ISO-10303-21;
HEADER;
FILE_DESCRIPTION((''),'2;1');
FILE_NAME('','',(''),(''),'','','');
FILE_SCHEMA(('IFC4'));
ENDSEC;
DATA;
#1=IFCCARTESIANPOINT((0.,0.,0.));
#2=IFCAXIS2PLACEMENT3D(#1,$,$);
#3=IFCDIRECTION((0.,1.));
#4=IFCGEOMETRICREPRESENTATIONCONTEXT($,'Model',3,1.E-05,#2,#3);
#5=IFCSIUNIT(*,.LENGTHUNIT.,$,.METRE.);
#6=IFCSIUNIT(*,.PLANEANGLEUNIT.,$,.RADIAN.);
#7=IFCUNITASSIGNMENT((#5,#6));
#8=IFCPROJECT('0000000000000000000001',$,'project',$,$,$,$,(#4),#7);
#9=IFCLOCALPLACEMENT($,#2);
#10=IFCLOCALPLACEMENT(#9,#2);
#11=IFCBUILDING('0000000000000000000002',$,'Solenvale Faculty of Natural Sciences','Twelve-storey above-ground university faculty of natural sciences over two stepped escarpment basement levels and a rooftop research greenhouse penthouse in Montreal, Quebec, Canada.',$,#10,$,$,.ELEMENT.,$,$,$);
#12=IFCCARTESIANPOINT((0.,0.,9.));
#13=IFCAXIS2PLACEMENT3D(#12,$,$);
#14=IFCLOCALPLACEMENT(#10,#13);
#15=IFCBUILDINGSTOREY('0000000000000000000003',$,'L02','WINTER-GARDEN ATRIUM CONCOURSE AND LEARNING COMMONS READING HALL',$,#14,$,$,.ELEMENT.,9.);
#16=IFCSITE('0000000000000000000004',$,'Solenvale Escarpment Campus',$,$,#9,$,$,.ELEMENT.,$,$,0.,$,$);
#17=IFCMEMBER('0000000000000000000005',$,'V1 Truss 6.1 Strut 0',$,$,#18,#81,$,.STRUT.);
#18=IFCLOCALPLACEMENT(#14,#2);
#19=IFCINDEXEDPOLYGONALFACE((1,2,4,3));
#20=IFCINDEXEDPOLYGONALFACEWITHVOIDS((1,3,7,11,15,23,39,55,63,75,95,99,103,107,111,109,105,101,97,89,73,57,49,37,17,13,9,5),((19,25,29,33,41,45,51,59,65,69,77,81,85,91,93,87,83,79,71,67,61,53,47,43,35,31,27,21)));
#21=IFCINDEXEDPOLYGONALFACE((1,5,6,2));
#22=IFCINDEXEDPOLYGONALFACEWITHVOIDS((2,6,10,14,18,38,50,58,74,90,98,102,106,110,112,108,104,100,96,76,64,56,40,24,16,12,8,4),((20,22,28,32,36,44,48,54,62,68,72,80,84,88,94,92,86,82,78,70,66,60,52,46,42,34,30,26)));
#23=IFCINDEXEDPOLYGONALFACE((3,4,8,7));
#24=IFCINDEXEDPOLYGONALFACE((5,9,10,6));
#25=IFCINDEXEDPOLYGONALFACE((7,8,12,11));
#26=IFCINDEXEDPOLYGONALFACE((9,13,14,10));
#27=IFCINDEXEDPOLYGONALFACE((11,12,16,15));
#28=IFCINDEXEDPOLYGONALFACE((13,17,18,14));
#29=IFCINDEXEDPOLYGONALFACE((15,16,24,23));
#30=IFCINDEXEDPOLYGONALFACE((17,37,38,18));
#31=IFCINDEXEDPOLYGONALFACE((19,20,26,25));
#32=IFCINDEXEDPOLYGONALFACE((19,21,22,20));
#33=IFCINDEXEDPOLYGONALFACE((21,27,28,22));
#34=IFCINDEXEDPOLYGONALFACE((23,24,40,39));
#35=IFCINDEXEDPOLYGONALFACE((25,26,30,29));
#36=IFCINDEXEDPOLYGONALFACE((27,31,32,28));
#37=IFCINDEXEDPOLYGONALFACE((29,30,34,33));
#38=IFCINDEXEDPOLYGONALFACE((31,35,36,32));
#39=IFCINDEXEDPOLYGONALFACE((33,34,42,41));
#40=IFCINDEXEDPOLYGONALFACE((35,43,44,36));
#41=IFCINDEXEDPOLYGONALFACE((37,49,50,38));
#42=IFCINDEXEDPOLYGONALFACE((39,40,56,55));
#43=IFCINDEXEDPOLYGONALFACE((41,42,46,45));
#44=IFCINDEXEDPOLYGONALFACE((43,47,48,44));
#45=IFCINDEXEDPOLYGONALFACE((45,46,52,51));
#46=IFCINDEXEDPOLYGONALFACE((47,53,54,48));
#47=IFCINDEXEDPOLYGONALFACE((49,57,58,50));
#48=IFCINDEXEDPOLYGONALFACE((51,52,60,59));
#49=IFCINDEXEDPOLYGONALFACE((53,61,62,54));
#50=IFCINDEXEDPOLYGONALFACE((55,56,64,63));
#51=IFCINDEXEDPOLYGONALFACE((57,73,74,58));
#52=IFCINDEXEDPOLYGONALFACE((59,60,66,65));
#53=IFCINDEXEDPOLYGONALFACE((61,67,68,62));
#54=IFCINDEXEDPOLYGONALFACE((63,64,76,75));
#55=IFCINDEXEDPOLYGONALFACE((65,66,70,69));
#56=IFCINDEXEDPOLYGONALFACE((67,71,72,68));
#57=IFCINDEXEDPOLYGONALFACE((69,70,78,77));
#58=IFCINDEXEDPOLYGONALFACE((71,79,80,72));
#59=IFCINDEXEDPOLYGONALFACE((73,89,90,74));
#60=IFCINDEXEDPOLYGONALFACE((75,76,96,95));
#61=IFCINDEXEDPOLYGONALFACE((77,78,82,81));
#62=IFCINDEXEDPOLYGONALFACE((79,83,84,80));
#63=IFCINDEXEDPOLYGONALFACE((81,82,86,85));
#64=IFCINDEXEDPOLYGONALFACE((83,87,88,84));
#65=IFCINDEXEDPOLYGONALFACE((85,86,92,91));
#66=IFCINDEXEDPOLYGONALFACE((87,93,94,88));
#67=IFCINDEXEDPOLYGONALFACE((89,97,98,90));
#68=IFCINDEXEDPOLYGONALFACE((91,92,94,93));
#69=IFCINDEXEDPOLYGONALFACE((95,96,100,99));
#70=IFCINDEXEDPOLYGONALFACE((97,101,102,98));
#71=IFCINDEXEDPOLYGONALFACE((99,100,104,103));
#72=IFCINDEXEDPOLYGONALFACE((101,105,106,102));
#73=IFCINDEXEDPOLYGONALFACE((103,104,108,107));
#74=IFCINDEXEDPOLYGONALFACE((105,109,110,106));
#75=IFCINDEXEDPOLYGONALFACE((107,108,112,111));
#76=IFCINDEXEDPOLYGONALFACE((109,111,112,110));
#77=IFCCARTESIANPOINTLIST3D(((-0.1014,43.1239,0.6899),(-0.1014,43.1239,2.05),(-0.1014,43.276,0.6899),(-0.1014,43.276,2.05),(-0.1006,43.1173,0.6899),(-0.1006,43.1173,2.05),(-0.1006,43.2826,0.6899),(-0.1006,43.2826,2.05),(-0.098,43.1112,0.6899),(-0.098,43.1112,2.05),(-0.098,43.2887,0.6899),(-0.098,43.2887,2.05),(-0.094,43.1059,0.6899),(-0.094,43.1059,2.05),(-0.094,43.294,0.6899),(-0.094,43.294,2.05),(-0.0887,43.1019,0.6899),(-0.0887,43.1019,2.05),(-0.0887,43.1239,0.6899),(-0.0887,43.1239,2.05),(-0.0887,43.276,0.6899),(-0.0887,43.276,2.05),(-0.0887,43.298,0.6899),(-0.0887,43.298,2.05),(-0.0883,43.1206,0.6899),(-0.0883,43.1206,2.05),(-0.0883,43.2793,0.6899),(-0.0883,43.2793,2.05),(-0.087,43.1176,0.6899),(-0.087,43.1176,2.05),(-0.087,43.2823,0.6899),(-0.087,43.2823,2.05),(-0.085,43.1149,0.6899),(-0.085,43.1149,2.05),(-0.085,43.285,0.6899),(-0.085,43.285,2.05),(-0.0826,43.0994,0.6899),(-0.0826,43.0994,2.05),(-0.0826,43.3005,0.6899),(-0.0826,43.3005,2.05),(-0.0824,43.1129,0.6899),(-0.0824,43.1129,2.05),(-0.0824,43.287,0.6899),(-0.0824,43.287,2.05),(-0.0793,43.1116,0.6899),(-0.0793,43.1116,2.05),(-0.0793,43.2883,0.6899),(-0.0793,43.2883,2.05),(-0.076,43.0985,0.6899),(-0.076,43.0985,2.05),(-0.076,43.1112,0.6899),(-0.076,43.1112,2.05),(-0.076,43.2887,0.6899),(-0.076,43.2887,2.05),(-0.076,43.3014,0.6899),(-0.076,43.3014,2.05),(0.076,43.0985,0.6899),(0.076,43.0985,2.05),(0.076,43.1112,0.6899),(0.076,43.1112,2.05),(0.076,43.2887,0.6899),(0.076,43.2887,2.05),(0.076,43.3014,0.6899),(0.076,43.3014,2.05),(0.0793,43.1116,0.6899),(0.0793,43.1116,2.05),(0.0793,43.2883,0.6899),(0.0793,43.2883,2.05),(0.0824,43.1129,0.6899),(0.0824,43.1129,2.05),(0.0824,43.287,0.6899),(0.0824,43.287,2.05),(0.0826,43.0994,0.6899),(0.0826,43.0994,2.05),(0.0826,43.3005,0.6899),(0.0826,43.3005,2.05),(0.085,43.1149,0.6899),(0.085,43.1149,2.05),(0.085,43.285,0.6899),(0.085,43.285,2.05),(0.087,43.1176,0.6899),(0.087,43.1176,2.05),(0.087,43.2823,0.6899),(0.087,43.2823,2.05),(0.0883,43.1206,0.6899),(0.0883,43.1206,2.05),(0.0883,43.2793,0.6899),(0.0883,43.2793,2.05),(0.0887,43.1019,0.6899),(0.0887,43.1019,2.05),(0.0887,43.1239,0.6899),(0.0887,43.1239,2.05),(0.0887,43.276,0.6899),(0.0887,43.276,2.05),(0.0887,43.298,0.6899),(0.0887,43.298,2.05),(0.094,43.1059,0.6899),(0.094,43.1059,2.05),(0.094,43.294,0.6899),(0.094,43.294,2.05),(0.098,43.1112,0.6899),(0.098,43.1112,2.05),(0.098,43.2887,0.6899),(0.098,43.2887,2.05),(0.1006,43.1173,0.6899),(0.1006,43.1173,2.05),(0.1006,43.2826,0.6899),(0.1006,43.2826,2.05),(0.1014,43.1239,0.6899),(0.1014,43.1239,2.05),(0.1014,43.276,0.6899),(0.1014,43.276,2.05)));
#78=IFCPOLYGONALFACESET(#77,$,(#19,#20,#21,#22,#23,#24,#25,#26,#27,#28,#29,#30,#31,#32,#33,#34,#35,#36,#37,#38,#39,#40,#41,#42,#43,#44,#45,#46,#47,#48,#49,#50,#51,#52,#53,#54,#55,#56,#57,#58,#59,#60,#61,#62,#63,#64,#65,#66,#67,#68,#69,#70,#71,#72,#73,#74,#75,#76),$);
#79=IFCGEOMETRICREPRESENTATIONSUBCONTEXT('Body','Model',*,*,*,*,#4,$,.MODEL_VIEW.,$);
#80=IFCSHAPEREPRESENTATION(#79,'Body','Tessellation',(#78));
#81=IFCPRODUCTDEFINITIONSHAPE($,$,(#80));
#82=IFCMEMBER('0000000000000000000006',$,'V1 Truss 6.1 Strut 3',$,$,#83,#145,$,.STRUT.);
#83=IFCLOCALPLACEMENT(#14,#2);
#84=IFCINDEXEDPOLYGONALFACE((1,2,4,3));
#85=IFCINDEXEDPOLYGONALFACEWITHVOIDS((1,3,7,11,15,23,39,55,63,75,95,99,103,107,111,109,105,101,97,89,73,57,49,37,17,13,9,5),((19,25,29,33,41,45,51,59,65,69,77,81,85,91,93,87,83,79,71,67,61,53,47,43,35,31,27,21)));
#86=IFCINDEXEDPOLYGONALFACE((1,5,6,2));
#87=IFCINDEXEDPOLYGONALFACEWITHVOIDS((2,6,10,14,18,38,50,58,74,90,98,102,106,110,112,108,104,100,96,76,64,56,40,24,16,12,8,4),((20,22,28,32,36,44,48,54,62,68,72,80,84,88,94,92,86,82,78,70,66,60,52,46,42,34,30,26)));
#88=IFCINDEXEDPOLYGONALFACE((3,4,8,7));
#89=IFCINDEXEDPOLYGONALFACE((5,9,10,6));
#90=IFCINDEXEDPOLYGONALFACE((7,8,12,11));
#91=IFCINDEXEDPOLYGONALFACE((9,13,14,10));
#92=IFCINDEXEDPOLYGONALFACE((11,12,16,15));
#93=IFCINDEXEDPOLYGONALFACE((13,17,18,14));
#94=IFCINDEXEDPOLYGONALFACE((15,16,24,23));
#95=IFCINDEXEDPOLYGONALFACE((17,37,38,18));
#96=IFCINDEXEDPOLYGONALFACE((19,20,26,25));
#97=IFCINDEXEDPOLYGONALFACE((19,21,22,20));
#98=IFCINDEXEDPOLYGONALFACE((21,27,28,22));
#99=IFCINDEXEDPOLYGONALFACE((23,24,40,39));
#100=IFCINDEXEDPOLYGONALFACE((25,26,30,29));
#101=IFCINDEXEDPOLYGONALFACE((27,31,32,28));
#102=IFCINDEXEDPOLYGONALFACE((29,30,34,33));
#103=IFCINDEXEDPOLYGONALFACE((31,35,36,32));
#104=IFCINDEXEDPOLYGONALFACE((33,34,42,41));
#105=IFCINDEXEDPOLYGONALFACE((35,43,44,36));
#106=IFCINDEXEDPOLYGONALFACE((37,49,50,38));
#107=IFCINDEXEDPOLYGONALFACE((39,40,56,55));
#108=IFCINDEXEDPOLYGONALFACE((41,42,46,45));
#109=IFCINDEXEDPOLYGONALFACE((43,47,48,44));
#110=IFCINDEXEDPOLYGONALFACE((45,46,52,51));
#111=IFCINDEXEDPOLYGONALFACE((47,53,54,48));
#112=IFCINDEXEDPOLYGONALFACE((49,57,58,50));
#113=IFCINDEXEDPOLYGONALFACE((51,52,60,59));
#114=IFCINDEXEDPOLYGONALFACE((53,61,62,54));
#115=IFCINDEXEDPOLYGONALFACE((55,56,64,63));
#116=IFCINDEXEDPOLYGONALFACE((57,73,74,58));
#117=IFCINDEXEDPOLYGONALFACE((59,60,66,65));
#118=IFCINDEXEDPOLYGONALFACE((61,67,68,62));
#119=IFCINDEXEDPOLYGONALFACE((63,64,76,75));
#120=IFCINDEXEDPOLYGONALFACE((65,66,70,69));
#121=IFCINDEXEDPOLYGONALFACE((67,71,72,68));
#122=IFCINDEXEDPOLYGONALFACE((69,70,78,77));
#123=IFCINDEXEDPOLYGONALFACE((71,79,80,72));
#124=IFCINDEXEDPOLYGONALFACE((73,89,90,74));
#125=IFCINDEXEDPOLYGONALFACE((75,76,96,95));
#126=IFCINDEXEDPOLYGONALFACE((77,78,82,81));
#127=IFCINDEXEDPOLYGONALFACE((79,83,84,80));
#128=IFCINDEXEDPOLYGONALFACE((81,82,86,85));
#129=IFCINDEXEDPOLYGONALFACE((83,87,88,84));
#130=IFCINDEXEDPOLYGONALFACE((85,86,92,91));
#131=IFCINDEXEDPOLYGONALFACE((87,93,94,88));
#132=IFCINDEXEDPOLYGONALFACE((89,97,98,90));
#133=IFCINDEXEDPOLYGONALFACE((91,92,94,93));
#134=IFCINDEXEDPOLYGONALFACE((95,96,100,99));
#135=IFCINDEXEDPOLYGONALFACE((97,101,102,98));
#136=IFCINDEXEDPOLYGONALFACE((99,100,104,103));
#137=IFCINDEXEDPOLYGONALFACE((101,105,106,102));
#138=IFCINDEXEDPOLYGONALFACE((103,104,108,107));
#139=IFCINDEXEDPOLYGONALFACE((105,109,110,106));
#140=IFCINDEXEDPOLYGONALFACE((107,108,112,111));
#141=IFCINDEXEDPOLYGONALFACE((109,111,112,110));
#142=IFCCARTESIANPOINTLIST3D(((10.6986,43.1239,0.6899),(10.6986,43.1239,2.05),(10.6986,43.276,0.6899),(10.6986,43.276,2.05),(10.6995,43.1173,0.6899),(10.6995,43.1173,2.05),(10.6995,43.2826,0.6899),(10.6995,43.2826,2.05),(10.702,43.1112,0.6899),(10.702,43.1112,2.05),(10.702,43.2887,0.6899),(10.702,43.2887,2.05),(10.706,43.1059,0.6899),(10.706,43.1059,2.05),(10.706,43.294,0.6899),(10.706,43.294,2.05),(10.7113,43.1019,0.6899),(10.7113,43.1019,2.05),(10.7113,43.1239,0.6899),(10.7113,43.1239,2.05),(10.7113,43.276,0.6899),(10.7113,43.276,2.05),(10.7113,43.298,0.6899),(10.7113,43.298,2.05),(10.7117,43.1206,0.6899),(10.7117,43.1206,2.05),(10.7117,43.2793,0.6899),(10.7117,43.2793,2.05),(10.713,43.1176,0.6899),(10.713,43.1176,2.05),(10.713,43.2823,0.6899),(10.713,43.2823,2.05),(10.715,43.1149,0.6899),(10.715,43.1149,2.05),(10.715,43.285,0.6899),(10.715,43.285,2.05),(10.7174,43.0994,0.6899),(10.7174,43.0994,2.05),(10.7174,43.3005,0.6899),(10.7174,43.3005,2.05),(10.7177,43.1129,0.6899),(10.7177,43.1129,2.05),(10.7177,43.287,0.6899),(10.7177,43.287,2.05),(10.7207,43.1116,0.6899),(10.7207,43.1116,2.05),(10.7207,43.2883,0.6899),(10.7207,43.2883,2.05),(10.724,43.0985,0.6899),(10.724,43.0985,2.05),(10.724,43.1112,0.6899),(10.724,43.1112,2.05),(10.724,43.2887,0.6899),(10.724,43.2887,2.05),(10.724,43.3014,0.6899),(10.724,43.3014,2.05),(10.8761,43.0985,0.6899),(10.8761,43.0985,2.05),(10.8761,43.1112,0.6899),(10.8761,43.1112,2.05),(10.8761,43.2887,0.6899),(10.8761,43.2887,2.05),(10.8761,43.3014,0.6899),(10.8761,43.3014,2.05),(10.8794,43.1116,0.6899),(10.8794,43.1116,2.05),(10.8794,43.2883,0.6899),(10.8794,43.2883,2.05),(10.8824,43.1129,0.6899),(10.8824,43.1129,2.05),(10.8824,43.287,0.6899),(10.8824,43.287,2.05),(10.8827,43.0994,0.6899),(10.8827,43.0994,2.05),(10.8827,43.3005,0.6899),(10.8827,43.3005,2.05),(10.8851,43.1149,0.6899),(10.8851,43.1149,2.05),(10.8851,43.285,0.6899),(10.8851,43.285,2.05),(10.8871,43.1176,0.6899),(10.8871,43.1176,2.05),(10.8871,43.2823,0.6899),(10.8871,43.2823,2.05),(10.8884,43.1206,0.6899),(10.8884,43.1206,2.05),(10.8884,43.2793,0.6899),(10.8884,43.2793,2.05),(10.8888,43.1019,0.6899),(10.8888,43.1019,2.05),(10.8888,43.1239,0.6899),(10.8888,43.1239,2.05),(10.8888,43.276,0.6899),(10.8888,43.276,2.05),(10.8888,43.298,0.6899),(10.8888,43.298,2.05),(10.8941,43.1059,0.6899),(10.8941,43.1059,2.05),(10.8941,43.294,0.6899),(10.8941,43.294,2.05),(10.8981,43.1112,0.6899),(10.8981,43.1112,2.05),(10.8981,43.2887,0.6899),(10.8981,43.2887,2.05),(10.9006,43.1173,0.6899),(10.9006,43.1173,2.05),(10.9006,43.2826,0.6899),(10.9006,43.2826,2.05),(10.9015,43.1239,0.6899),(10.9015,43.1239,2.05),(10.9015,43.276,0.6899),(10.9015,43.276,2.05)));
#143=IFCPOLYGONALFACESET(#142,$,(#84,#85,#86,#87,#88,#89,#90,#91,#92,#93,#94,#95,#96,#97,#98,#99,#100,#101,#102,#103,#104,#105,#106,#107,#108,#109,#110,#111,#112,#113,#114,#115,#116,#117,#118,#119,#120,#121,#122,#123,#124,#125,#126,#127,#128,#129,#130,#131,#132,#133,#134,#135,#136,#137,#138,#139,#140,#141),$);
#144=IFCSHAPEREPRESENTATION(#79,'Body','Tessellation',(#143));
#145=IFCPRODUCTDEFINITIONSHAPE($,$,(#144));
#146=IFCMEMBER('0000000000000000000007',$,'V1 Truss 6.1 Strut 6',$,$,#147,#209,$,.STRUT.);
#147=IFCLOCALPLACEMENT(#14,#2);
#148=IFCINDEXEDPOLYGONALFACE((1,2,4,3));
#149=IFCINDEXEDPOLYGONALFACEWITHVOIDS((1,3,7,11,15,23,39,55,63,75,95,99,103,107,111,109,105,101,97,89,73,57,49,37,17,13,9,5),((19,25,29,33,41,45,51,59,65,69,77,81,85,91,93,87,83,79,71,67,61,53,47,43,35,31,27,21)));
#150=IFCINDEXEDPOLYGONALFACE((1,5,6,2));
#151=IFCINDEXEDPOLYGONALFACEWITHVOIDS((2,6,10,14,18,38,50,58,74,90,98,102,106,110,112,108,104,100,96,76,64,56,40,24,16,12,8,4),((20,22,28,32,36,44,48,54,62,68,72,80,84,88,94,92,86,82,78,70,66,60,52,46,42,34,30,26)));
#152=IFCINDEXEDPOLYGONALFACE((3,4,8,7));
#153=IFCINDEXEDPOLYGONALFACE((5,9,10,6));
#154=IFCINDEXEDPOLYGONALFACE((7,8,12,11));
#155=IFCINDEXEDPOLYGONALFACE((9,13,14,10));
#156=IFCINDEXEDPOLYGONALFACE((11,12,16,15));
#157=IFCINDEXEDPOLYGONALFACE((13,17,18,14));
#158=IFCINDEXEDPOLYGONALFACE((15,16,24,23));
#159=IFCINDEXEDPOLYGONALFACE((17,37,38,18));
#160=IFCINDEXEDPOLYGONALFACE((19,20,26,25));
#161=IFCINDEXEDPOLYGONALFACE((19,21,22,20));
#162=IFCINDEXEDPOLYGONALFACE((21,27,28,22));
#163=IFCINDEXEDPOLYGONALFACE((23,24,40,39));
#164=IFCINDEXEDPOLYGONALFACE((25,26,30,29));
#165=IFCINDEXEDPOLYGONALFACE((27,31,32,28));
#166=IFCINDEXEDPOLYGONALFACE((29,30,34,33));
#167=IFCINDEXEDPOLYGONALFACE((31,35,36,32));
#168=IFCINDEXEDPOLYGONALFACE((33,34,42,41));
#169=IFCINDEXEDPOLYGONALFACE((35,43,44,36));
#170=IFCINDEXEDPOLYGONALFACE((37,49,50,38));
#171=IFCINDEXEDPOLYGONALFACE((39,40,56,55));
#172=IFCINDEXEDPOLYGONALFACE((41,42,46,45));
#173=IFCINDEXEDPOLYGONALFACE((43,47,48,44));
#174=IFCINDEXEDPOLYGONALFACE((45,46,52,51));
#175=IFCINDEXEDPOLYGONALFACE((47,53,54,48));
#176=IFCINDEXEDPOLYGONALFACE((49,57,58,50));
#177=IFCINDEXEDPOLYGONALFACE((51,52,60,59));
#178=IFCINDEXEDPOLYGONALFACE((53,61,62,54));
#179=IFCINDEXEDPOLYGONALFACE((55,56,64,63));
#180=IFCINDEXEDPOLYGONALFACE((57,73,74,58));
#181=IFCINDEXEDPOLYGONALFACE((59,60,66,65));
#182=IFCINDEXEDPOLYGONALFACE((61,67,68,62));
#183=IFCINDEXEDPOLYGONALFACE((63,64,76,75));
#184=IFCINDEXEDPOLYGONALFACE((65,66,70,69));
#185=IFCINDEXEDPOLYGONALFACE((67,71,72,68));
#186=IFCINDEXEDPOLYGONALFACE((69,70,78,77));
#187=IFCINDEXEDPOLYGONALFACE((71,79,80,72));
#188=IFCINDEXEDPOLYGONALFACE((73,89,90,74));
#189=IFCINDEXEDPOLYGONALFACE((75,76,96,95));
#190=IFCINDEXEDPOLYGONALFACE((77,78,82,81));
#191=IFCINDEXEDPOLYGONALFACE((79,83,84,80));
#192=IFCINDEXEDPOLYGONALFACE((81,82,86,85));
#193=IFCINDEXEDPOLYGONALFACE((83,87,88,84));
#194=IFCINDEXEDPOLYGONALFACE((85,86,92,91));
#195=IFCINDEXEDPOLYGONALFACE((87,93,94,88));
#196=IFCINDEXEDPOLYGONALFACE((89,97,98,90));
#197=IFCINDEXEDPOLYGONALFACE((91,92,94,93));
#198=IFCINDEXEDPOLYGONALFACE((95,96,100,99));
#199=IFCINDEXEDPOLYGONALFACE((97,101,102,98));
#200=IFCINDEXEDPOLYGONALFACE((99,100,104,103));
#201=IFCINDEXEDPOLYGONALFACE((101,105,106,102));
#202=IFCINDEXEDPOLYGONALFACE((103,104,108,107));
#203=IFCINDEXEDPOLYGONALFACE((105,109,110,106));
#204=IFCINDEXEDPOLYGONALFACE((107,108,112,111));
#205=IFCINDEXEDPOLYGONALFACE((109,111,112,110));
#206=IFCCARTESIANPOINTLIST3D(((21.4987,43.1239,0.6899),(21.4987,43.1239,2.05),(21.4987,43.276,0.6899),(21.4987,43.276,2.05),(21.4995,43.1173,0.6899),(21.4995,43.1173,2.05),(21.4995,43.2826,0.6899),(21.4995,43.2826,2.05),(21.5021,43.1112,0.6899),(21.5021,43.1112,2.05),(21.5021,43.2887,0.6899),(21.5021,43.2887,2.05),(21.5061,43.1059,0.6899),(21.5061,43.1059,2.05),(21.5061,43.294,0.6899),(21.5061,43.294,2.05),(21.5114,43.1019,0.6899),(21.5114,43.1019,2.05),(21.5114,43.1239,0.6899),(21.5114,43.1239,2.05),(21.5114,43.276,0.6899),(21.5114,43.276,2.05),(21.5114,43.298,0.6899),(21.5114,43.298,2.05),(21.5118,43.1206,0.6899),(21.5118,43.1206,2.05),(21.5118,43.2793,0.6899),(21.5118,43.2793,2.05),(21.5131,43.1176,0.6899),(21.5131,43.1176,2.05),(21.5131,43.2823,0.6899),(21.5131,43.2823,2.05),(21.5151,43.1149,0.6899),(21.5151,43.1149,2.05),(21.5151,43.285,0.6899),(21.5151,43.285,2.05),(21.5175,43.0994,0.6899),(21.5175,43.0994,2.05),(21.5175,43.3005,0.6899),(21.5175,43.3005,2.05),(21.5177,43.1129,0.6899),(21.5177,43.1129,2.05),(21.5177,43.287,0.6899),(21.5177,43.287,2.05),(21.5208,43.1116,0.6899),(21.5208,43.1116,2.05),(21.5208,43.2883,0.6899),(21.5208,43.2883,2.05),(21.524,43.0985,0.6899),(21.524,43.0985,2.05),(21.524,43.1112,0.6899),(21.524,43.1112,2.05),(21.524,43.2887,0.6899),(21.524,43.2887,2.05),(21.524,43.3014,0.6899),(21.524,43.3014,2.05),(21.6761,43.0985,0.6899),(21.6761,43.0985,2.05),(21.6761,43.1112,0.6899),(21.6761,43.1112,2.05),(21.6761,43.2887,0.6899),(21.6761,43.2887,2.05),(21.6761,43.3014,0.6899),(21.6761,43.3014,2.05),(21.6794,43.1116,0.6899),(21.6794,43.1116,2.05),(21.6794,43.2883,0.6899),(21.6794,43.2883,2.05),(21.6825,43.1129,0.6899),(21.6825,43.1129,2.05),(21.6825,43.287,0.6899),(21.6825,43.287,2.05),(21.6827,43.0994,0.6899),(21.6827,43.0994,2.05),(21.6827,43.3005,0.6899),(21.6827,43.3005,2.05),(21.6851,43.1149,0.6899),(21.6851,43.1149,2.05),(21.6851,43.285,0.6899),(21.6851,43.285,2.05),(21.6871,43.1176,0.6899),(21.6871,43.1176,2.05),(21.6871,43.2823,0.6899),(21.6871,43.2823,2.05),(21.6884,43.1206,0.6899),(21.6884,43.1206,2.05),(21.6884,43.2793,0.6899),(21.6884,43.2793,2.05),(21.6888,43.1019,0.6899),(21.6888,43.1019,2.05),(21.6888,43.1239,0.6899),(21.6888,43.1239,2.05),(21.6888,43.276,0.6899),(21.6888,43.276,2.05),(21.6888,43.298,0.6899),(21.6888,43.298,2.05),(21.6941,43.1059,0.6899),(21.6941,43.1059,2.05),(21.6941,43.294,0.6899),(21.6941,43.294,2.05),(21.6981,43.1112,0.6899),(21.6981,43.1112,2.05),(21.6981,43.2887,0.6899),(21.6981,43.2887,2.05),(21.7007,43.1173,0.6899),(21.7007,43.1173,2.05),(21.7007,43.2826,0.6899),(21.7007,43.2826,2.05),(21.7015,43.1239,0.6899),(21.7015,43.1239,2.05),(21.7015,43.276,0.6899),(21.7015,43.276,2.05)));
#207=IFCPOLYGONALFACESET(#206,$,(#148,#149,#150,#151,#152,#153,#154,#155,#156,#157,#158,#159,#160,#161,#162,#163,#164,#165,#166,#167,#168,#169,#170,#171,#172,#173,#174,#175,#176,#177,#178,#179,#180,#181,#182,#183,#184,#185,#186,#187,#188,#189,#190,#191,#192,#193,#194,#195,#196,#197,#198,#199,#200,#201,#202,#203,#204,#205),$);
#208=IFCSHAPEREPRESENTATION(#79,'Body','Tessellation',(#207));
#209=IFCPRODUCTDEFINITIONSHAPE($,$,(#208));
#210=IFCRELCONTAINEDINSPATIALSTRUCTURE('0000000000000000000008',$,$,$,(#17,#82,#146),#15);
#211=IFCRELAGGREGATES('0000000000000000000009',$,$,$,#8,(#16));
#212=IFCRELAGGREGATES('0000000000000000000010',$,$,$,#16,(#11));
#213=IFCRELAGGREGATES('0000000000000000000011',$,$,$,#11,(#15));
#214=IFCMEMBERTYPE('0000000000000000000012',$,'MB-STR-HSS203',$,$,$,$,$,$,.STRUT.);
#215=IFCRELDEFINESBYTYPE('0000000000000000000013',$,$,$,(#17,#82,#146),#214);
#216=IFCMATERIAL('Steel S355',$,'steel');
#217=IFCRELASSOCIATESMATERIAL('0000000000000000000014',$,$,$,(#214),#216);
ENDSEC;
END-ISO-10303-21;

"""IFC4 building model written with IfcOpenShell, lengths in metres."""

from ifc_helpers import new_model, si_unit, direction, frame, origin, origin_2d, place, context, subcontext, project, spatial, hollow_rectangle, extrude, material, material_profile, profile_set, type_object, element, save


model = new_model("IFC4")

# Units and contexts
model_context = context("Model", 3, precision=1e-05, world=origin(), true_north=direction((0.0, 1.0)))
body_context = subcontext(model_context, "Body", "Model", "MODEL_VIEW")
ifc_project = project(units=[si_unit("LENGTHUNIT", "METRE"), si_unit("PLANEANGLEUNIT", "RADIAN")], contexts=[model_context])

# Site, building, storey
site_placement = place(None, origin())
site = spatial("IfcSite", under=ifc_project, at=site_placement, Name="Solenvale Escarpment Campus", CompositionType="ELEMENT", RefElevation=0.0)
building_placement = place(site_placement, origin())
building = spatial("IfcBuilding", under=site, at=building_placement, Name="Solenvale Faculty of Natural Sciences", Description="Twelve-storey above-ground university faculty of natural sciences over two stepped escarpment basement levels and a rooftop research greenhouse penthouse in Montreal, Quebec, Canada.", CompositionType="ELEMENT")
storey_placement = place(building_placement, frame((0.0, 0.0, 9.0)))
storey = spatial("IfcBuildingStorey", under=building, at=storey_placement, Name="L02", Description="WINTER-GARDEN ATRIUM CONCOURSE AND LEARNING COMMONS READING HALL", CompositionType="ELEMENT", Elevation=9.0)

# Shared definitions
ifc_material = material(Name="Steel S355", Category="steel")

# Members
ifc_material_profile_1 = material_profile(ifc_material, hollow_rectangle(XDim=0.2029, YDim=0.2029, WallThickness=0.0127, InnerFilletRadius=0.0127, OuterFilletRadius=0.0254, at=origin_2d()), Name="HSS203x203x13")
ifc_profile_set_1 = profile_set([ifc_material_profile_1], Name="Steel S355")
member_type_1 = type_object("IfcMemberType", Name="MB-STR-HSS203", PredefinedType="STRUT", material=ifc_profile_set_1)
for number, where, z_axis, x_axis, name in (
    (1, (0.0, 43.2, 0.6899), (0.0, 0.0, 1.0), (1.0, 0.0, 0.0), "V1 Truss 6.1 Strut 0"),
    (2, (10.8, 43.2, 0.6899), (0.0, 0.0, 1.0), (1.0, 0.0, 0.0), "V1 Truss 6.1 Strut 3"),
    (3, (21.6001, 43.2, 0.6899), (0.0, 0.0, 1.0), (1.0, 0.0, 0.0), "V1 Truss 6.1 Strut 6"),
):
    element("IfcMember", number, at=place(storey_placement, frame(where, z_axis=z_axis, x_axis=x_axis)), inside=storey, type_object=member_type_1, Name=name, PredefinedType="STRUT", context=body_context, shape_type="SweptSolid", body=[
        extrude(hollow_rectangle(XDim=0.2029, YDim=0.2029, WallThickness=0.0127, InnerFilletRadius=0.0127, OuterFilletRadius=0.0254, at=origin_2d()), origin(), (0.0, 0.0, 1.0), 1.3601),
    ])

save(model, "model.ifc")
